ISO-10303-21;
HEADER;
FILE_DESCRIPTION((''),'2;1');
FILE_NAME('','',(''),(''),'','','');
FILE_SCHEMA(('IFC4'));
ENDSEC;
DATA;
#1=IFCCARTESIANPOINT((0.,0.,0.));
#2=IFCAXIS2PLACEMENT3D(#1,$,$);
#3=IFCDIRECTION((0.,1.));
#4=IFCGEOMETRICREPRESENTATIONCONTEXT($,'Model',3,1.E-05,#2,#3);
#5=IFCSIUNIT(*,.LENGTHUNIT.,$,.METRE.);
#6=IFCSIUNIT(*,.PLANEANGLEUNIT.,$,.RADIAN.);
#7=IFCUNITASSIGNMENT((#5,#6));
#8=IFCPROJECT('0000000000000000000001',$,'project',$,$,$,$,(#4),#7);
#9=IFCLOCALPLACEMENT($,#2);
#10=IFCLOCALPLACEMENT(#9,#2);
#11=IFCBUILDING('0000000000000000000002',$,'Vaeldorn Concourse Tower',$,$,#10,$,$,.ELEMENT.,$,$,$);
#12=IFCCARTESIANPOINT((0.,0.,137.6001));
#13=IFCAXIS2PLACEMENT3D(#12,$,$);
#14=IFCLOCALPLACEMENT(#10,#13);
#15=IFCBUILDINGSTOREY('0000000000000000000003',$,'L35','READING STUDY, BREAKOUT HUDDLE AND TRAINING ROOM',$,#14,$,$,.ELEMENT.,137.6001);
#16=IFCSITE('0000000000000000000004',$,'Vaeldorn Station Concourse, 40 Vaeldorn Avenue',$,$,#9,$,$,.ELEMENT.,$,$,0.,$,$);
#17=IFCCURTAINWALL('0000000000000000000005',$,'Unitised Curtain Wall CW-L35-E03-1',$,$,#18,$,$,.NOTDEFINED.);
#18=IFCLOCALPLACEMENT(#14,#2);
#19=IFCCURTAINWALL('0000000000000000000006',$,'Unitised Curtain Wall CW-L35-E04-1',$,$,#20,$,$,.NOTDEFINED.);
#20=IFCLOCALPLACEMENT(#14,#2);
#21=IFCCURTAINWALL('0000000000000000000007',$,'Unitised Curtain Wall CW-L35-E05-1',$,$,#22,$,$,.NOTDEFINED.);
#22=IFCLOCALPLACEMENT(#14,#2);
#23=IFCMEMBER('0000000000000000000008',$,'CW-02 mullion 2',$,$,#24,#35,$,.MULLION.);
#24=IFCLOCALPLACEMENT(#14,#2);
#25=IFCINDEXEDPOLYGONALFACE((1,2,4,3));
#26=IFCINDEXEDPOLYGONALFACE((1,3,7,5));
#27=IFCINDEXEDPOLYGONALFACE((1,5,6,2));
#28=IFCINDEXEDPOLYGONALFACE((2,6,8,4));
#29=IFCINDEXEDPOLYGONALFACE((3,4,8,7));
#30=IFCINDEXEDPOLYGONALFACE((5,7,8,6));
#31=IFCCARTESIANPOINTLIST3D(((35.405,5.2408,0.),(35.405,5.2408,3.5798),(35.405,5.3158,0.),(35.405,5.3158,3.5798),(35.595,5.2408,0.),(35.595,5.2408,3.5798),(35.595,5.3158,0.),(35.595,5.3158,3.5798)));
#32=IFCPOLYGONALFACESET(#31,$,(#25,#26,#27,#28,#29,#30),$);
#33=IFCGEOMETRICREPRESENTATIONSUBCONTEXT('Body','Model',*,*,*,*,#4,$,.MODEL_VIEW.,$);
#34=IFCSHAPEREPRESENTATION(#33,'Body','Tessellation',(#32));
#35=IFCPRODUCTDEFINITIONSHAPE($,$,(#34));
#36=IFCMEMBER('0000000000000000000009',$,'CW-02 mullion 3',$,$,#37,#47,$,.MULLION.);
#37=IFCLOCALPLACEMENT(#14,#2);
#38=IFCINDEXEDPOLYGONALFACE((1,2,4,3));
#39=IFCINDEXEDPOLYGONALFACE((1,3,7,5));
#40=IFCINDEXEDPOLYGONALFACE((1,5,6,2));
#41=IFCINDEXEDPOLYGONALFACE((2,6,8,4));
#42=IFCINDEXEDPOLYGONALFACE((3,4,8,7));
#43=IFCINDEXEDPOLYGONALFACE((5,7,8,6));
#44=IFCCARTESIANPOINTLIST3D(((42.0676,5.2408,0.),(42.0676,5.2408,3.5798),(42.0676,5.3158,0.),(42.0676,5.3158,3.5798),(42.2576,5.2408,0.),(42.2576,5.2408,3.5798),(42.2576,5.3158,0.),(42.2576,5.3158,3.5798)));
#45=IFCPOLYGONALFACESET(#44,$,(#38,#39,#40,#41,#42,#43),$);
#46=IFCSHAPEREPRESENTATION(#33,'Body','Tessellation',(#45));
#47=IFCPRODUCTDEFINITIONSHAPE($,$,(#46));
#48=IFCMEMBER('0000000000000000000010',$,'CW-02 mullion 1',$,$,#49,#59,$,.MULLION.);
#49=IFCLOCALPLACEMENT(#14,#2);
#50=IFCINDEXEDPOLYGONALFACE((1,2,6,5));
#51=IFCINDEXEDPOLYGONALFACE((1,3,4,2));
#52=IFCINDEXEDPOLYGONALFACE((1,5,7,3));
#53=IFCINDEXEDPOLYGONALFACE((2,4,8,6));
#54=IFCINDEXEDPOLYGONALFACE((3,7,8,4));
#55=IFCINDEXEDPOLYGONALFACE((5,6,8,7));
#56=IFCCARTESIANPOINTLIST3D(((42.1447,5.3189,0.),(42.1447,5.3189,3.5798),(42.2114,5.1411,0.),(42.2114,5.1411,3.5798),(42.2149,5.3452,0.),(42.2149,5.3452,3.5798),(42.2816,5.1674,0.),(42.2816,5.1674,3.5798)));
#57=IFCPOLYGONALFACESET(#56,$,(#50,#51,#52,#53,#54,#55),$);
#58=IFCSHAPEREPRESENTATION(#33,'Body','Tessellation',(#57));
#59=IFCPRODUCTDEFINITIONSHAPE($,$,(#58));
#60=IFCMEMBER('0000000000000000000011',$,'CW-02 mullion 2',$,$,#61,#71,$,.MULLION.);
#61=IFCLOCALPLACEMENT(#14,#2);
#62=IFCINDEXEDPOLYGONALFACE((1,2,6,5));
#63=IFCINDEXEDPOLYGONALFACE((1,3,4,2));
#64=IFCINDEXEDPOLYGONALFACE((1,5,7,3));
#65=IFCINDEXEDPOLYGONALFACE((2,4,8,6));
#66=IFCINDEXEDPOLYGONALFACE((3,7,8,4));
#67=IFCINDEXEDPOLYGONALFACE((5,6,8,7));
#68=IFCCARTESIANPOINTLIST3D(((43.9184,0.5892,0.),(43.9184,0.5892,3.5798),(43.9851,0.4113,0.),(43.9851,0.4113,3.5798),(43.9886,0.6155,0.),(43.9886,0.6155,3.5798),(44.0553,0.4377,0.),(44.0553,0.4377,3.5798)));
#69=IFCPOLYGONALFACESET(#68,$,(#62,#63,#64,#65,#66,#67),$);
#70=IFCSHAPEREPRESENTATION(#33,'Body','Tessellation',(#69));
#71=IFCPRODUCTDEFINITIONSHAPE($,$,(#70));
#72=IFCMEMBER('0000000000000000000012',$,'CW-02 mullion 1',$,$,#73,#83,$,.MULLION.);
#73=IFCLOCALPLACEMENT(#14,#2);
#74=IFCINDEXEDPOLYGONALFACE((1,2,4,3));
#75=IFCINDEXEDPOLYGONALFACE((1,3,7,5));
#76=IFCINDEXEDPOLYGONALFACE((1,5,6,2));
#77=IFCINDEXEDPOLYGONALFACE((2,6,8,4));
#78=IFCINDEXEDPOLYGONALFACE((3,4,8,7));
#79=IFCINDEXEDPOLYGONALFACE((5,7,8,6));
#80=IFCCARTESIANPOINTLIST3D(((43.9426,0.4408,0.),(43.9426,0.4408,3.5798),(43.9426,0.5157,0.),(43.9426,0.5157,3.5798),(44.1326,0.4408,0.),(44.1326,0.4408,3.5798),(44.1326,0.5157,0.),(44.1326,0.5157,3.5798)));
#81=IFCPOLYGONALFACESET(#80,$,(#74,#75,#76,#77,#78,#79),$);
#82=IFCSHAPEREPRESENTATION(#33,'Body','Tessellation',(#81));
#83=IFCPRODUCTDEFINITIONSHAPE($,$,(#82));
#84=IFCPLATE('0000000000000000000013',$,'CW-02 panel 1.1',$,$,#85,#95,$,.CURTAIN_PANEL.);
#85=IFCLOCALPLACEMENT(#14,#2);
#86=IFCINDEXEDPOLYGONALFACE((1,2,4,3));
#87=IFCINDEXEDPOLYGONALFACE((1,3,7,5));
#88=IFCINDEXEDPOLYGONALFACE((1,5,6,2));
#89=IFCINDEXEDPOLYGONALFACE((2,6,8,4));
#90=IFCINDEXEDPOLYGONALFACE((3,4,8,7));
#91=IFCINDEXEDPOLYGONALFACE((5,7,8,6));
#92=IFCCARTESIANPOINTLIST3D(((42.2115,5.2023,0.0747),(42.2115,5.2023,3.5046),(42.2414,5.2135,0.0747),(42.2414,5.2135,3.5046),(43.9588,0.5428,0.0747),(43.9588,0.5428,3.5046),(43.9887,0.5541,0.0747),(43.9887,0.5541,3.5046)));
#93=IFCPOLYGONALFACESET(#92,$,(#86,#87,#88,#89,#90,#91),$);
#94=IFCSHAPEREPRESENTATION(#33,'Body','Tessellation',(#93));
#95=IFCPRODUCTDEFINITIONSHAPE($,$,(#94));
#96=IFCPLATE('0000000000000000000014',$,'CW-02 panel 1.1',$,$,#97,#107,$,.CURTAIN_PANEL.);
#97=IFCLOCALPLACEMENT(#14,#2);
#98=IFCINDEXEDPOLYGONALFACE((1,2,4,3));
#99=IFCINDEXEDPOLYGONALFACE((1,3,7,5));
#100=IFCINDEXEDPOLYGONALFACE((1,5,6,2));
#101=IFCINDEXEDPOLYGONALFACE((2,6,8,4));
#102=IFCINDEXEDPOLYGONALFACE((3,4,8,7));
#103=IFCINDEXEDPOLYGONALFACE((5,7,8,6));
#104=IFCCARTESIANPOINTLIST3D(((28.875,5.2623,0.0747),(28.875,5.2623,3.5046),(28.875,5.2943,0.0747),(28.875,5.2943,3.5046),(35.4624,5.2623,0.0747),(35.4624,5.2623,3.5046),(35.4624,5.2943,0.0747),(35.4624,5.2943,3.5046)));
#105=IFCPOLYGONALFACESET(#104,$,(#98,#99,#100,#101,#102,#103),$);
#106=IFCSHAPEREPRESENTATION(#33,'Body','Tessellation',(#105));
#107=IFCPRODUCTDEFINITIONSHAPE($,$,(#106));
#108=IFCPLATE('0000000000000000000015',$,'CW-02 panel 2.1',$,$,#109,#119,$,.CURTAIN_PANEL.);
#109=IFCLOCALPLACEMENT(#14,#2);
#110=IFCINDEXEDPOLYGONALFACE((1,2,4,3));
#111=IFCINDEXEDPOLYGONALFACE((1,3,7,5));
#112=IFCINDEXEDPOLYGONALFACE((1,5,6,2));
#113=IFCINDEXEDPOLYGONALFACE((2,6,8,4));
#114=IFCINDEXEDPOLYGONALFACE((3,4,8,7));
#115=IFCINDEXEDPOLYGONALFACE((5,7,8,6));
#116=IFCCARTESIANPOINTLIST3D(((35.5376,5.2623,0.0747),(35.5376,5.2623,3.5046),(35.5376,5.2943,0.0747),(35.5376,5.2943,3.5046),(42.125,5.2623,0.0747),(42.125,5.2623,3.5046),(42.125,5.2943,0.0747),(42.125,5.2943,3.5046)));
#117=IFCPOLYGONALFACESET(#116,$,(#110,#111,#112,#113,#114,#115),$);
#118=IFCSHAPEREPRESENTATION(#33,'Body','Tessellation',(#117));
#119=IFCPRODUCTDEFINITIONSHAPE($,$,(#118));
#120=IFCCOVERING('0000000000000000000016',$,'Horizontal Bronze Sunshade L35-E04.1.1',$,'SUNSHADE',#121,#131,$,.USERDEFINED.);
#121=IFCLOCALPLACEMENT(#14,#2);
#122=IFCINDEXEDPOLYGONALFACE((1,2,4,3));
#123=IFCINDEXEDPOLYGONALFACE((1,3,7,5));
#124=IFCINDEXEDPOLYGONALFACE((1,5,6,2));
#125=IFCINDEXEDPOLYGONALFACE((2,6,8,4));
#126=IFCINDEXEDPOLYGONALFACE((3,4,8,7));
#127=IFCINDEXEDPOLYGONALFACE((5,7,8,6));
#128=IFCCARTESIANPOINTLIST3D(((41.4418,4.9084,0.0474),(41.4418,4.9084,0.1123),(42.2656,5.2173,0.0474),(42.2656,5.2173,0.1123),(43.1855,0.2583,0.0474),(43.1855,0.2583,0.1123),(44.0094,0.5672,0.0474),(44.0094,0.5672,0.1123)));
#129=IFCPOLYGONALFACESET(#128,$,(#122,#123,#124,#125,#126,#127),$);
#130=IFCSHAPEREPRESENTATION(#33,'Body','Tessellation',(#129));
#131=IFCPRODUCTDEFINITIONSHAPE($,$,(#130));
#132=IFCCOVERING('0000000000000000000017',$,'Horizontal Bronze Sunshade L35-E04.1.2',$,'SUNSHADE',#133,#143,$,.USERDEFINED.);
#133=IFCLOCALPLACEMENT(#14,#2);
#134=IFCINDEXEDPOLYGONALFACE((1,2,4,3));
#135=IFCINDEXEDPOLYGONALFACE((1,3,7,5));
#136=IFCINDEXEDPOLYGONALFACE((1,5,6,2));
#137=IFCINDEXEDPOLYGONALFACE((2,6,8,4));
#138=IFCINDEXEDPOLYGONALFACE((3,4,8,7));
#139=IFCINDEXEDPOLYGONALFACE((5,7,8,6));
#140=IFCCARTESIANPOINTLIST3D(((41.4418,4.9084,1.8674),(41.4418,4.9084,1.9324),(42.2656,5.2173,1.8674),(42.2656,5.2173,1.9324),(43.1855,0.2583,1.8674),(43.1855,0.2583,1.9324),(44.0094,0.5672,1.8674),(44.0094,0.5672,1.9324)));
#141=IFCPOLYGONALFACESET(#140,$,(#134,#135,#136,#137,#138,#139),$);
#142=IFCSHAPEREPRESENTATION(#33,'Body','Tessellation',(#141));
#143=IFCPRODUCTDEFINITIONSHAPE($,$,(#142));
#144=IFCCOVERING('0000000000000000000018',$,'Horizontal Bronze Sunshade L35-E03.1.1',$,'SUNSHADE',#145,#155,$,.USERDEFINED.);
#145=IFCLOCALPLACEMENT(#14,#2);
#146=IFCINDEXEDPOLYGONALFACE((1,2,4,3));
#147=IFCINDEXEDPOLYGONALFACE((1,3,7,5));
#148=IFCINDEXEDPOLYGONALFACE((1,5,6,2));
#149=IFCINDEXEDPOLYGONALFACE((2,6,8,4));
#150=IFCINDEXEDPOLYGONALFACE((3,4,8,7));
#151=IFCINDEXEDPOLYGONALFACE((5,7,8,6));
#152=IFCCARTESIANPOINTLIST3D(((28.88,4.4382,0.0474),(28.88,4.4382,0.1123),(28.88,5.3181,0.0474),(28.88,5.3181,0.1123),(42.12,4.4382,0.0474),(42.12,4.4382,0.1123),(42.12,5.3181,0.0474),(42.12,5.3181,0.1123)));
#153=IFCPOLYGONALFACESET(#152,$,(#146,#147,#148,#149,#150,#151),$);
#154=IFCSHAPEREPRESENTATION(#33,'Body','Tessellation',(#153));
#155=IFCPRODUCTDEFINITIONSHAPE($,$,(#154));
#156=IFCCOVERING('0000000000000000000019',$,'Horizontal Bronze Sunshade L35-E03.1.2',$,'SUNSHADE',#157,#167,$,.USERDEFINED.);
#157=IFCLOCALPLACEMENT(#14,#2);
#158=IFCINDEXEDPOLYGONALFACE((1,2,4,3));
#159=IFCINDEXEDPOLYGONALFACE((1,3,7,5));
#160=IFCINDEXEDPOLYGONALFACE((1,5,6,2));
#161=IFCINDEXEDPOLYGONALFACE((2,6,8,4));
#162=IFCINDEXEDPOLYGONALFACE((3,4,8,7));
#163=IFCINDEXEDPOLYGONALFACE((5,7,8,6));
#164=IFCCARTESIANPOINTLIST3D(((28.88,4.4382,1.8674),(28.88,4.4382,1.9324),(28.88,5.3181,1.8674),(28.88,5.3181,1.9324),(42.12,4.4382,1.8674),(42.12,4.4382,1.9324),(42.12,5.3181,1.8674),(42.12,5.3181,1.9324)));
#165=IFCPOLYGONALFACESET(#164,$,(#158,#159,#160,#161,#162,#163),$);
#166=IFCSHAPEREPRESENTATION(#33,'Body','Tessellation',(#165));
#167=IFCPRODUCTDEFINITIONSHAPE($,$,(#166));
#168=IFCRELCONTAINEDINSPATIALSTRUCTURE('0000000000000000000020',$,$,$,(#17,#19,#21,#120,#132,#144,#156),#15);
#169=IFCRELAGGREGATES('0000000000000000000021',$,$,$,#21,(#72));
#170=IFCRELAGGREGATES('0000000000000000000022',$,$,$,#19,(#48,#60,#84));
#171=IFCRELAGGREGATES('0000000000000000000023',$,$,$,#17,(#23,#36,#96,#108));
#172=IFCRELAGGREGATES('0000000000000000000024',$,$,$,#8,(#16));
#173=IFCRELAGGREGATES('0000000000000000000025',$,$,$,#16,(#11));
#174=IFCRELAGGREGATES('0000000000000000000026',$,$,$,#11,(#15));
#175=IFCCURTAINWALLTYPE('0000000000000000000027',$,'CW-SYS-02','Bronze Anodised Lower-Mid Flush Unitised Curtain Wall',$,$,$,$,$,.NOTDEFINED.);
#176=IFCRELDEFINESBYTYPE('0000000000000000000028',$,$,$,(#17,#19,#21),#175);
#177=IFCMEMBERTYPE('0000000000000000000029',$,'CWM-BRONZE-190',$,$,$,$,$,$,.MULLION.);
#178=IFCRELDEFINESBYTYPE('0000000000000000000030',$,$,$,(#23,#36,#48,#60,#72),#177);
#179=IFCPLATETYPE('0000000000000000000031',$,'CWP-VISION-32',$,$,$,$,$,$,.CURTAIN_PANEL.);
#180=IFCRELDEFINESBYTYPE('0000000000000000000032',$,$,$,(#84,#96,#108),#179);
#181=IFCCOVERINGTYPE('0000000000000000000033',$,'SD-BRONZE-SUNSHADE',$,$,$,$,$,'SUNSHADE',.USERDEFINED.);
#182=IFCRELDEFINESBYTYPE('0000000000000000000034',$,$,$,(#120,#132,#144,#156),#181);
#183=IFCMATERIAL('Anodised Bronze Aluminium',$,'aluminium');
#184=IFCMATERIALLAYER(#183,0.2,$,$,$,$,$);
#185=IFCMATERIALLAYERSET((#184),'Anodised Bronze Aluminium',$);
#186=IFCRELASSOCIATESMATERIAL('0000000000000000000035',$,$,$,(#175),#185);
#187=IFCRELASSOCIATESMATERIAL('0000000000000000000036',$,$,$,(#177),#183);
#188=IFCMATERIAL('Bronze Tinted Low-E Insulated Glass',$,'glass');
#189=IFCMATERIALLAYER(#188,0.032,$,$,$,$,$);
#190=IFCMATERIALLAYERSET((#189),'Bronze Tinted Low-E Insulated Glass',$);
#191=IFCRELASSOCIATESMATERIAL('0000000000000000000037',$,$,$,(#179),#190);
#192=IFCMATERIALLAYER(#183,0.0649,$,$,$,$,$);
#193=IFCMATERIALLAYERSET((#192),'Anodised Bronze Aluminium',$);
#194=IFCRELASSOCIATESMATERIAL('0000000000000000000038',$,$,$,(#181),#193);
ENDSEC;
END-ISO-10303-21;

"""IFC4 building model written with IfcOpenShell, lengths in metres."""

from ifc_helpers import new_model, si_unit, direction, frame, origin, origin_2d, place, context, subcontext, project, spatial, rectangle, extrude, source, transform, mapped, material, layer, layer_set, material_profile, profile_set, type_object, element, aggregate, save


model = new_model("IFC4")

# Units and contexts
model_context = context("Model", 3, precision=1e-05, world=origin(), true_north=direction((0.0, 1.0)))
body_context = subcontext(model_context, "Body", "Model", "MODEL_VIEW")
ifc_project = project(units=[si_unit("LENGTHUNIT", "METRE"), si_unit("PLANEANGLEUNIT", "RADIAN")], contexts=[model_context])

# Site, building, storey
site_placement = place(None, origin())
site = spatial("IfcSite", under=ifc_project, at=site_placement, Name="Vaeldorn Station Concourse, 40 Vaeldorn Avenue", CompositionType="ELEMENT", RefElevation=0.0)
building_placement = place(site_placement, origin())
building = spatial("IfcBuilding", under=site, at=building_placement, Name="Vaeldorn Concourse Tower", CompositionType="ELEMENT")
storey_placement = place(building_placement, frame((0.0, 0.0, 137.6001)))
storey = spatial("IfcBuildingStorey", under=building, at=storey_placement, Name="L35", Description="READING STUDY, BREAKOUT HUDDLE AND TRAINING ROOM", CompositionType="ELEMENT", Elevation=137.6001)

# Curtain walls
ifc_material_1 = material(Name="Anodised Bronze Aluminium", Category="aluminium")
ifc_layer_1 = layer(ifc_material_1, 0.2)
ifc_layer_set_1 = layer_set([ifc_layer_1], Name="Anodised Bronze Aluminium")
curtain_wall_type = type_object("IfcCurtainWallType", Name="CW-SYS-02", Description="Bronze Anodised Lower-Mid Flush Unitised Curtain Wall", PredefinedType="NOTDEFINED", material=ifc_layer_set_1)
curtain_wall_1_placement = place(storey_placement, origin())
curtain_wall_1 = element("IfcCurtainWall", 1, at=curtain_wall_1_placement, inside=storey, type_object=curtain_wall_type, Name="Unitised Curtain Wall CW-L35-E03-1", PredefinedType="NOTDEFINED")
curtain_wall_2_placement = place(storey_placement, origin())
curtain_wall_2 = element("IfcCurtainWall", 2, at=curtain_wall_2_placement, inside=storey, type_object=curtain_wall_type, Name="Unitised Curtain Wall CW-L35-E04-1", PredefinedType="NOTDEFINED")
curtain_wall_3_placement = place(storey_placement, origin())
curtain_wall_3 = element("IfcCurtainWall", 3, at=curtain_wall_3_placement, inside=storey, type_object=curtain_wall_type, Name="Unitised Curtain Wall CW-L35-E05-1", PredefinedType="NOTDEFINED")

# Members
ifc_material_profile_1 = material_profile(ifc_material_1, rectangle(XDim=0.075, YDim=0.1899, at=origin_2d()), Name="CWM 75x190")
ifc_profile_set_1 = profile_set([ifc_material_profile_1], Name="Anodised Bronze Aluminium")
member_type_1 = type_object("IfcMemberType", Name="CWM-BRONZE-190", PredefinedType="MULLION", material=ifc_profile_set_1)
shared_shape_1 = source(origin(), body_context, "Body", "SweptSolid", [
    extrude(rectangle(XDim=0.075, YDim=0.1899, at=origin_2d()), origin(), (0.0, 0.0, 1.0), 3.5798),
])
member_1_placement = place(storey_placement, frame((35.5, 5.2783, 0.0), z_axis=(0.0, 0.0, 1.0), x_axis=(0.0, 1.0, 0.0)))
member_1 = element("IfcMember", 4, at=member_1_placement, type_object=member_type_1, Name="CW-02 mullion 2", PredefinedType="MULLION", context=body_context, shape_type="MappedRepresentation", body=[
    mapped(shared_shape_1, transform((0.0, 0.0, 0.0), scale=1.0)),
])
member_2_placement = place(storey_placement, frame((42.1626, 5.2783, 0.0), z_axis=(0.0, 0.0, 1.0), x_axis=(0.0, 1.0, 0.0)))
member_2 = element("IfcMember", 5, at=member_2_placement, type_object=member_type_1, Name="CW-02 mullion 3", PredefinedType="MULLION", context=body_context, shape_type="MappedRepresentation", body=[
    mapped(shared_shape_1, transform((0.0, 0.0, 0.0), scale=1.0)),
])
member_3_placement = place(storey_placement, frame((42.2131, 5.2432, 0.0), z_axis=(0.0, 0.0, 1.0), x_axis=(0.936329, 0.351123, 0.0)))
member_3 = element("IfcMember", 6, at=member_3_placement, type_object=member_type_1, Name="CW-02 mullion 1", PredefinedType="MULLION", context=body_context, shape_type="MappedRepresentation", body=[
    mapped(shared_shape_1, transform((0.0, 0.0, 0.0), scale=1.0)),
])
member_4_placement = place(storey_placement, frame((43.9868, 0.5134, 0.0), z_axis=(0.0, 0.0, 1.0), x_axis=(0.936329, 0.351123, 0.0)))
member_4 = element("IfcMember", 7, at=member_4_placement, type_object=member_type_1, Name="CW-02 mullion 2", PredefinedType="MULLION", context=body_context, shape_type="MappedRepresentation", body=[
    mapped(shared_shape_1, transform((0.0, 0.0, 0.0), scale=1.0)),
])
member_5_placement = place(storey_placement, frame((44.0376, 0.4783, 0.0), z_axis=(0.0, 0.0, 1.0), x_axis=(0.0, 1.0, 0.0)))
member_5 = element("IfcMember", 8, at=member_5_placement, type_object=member_type_1, Name="CW-02 mullion 1", PredefinedType="MULLION", context=body_context, shape_type="MappedRepresentation", body=[
    mapped(shared_shape_1, transform((0.0, 0.0, 0.0), scale=1.0)),
])
aggregate(curtain_wall_3, [member_5])

# Plates
ifc_material_2 = material(Name="Bronze Tinted Low-E Insulated Glass", Category="glass")
ifc_layer_2 = layer(ifc_material_2, 0.032)
ifc_layer_set_2 = layer_set([ifc_layer_2], Name="Bronze Tinted Low-E Insulated Glass")
plate_type = type_object("IfcPlateType", Name="CWP-VISION-32", PredefinedType="CURTAIN_PANEL", material=ifc_layer_set_2)
shared_shape_2 = source(origin(), body_context, "Body", "SweptSolid", [
    extrude(rectangle(XDim=4.9763, YDim=0.032, at=origin_2d()), origin(), (0.0, 0.0, 1.0), 3.4299),
])
plate_1_placement = place(storey_placement, frame((43.1001, 2.8782, 0.0747), z_axis=(0.0, 0.0, 1.0), x_axis=(0.351123, -0.936329, 0.0)))
plate_1 = element("IfcPlate", 9, at=plate_1_placement, type_object=plate_type, Name="CW-02 panel 1.1", PredefinedType="CURTAIN_PANEL", context=body_context, shape_type="MappedRepresentation", body=[
    mapped(shared_shape_2, transform((0.0, 0.0, 0.0), scale=1.0)),
])
aggregate(curtain_wall_2, [member_3, member_4, plate_1])
shared_shape_3 = source(origin(), body_context, "Body", "SweptSolid", [
    extrude(rectangle(XDim=6.5874, YDim=0.032, at=origin_2d()), origin(), (0.0, 0.0, 1.0), 3.4299),
])
plate_2_placement = place(storey_placement, frame((32.1687, 5.2783, 0.0747), z_axis=(0.0, 0.0, 1.0), x_axis=(1.0, 0.0, 0.0)))
plate_2 = element("IfcPlate", 10, at=plate_2_placement, type_object=plate_type, Name="CW-02 panel 1.1", PredefinedType="CURTAIN_PANEL", context=body_context, shape_type="MappedRepresentation", body=[
    mapped(shared_shape_3, transform((0.0, 0.0, 0.0), scale=1.0)),
])
plate_3_placement = place(storey_placement, frame((38.8313, 5.2783, 0.0747), z_axis=(0.0, 0.0, 1.0), x_axis=(1.0, 0.0, 0.0)))
plate_3 = element("IfcPlate", 11, at=plate_3_placement, type_object=plate_type, Name="CW-02 panel 2.1", PredefinedType="CURTAIN_PANEL", context=body_context, shape_type="MappedRepresentation", body=[
    mapped(shared_shape_3, transform((0.0, 0.0, 0.0), scale=1.0)),
])
aggregate(curtain_wall_1, [member_1, member_2, plate_2, plate_3])

# Coverings
ifc_layer_3 = layer(ifc_material_1, 0.0649)
ifc_layer_set_3 = layer_set([ifc_layer_3], Name="Anodised Bronze Aluminium")
covering_type = type_object("IfcCoveringType", Name="SD-BRONZE-SUNSHADE", ElementType="SUNSHADE", PredefinedType="USERDEFINED", material=ifc_layer_set_3)
shared_shape_4 = source(origin(), body_context, "Body", "SweptSolid", [
    extrude(rectangle(XDim=4.9663, YDim=0.8799, at=origin_2d()), origin(), (0.0, 0.0, 1.0), 0.0649),
])
for number, where, z_axis, x_axis, name in (
    (12, (42.7256, 2.7378, 0.0474), (0.0, 0.0, 1.0), (0.351123, -0.936329, 0.0), "Horizontal Bronze Sunshade L35-E04.1.1"),
    (13, (42.7256, 2.7378, 1.8674), (0.0, 0.0, 1.0), (0.351123, -0.936329, 0.0), "Horizontal Bronze Sunshade L35-E04.1.2"),
):
    element("IfcCovering", number, at=place(storey_placement, frame(where, z_axis=z_axis, x_axis=x_axis)), inside=storey, type_object=covering_type, Name=name, ObjectType="SUNSHADE", PredefinedType="USERDEFINED", context=body_context, shape_type="MappedRepresentation", body=[
        mapped(shared_shape_4, transform((0.0, 0.0, 0.0), scale=1.0)),
    ])
shared_shape_5 = source(origin(), body_context, "Body", "SweptSolid", [
    extrude(rectangle(XDim=13.24, YDim=0.8799, at=origin_2d()), origin(), (0.0, 0.0, 1.0), 0.0649),
])
for number, where, z_axis, x_axis, name in (
    (14, (35.5, 4.8782, 0.0474), (0.0, 0.0, 1.0), (1.0, 0.0, 0.0), "Horizontal Bronze Sunshade L35-E03.1.1"),
    (15, (35.5, 4.8782, 1.8674), (0.0, 0.0, 1.0), (1.0, 0.0, 0.0), "Horizontal Bronze Sunshade L35-E03.1.2"),
):
    element("IfcCovering", number, at=place(storey_placement, frame(where, z_axis=z_axis, x_axis=x_axis)), inside=storey, type_object=covering_type, Name=name, ObjectType="SUNSHADE", PredefinedType="USERDEFINED", context=body_context, shape_type="MappedRepresentation", body=[
        mapped(shared_shape_5, transform((0.0, 0.0, 0.0), scale=1.0)),
    ])

save(model, "model.ifc")
